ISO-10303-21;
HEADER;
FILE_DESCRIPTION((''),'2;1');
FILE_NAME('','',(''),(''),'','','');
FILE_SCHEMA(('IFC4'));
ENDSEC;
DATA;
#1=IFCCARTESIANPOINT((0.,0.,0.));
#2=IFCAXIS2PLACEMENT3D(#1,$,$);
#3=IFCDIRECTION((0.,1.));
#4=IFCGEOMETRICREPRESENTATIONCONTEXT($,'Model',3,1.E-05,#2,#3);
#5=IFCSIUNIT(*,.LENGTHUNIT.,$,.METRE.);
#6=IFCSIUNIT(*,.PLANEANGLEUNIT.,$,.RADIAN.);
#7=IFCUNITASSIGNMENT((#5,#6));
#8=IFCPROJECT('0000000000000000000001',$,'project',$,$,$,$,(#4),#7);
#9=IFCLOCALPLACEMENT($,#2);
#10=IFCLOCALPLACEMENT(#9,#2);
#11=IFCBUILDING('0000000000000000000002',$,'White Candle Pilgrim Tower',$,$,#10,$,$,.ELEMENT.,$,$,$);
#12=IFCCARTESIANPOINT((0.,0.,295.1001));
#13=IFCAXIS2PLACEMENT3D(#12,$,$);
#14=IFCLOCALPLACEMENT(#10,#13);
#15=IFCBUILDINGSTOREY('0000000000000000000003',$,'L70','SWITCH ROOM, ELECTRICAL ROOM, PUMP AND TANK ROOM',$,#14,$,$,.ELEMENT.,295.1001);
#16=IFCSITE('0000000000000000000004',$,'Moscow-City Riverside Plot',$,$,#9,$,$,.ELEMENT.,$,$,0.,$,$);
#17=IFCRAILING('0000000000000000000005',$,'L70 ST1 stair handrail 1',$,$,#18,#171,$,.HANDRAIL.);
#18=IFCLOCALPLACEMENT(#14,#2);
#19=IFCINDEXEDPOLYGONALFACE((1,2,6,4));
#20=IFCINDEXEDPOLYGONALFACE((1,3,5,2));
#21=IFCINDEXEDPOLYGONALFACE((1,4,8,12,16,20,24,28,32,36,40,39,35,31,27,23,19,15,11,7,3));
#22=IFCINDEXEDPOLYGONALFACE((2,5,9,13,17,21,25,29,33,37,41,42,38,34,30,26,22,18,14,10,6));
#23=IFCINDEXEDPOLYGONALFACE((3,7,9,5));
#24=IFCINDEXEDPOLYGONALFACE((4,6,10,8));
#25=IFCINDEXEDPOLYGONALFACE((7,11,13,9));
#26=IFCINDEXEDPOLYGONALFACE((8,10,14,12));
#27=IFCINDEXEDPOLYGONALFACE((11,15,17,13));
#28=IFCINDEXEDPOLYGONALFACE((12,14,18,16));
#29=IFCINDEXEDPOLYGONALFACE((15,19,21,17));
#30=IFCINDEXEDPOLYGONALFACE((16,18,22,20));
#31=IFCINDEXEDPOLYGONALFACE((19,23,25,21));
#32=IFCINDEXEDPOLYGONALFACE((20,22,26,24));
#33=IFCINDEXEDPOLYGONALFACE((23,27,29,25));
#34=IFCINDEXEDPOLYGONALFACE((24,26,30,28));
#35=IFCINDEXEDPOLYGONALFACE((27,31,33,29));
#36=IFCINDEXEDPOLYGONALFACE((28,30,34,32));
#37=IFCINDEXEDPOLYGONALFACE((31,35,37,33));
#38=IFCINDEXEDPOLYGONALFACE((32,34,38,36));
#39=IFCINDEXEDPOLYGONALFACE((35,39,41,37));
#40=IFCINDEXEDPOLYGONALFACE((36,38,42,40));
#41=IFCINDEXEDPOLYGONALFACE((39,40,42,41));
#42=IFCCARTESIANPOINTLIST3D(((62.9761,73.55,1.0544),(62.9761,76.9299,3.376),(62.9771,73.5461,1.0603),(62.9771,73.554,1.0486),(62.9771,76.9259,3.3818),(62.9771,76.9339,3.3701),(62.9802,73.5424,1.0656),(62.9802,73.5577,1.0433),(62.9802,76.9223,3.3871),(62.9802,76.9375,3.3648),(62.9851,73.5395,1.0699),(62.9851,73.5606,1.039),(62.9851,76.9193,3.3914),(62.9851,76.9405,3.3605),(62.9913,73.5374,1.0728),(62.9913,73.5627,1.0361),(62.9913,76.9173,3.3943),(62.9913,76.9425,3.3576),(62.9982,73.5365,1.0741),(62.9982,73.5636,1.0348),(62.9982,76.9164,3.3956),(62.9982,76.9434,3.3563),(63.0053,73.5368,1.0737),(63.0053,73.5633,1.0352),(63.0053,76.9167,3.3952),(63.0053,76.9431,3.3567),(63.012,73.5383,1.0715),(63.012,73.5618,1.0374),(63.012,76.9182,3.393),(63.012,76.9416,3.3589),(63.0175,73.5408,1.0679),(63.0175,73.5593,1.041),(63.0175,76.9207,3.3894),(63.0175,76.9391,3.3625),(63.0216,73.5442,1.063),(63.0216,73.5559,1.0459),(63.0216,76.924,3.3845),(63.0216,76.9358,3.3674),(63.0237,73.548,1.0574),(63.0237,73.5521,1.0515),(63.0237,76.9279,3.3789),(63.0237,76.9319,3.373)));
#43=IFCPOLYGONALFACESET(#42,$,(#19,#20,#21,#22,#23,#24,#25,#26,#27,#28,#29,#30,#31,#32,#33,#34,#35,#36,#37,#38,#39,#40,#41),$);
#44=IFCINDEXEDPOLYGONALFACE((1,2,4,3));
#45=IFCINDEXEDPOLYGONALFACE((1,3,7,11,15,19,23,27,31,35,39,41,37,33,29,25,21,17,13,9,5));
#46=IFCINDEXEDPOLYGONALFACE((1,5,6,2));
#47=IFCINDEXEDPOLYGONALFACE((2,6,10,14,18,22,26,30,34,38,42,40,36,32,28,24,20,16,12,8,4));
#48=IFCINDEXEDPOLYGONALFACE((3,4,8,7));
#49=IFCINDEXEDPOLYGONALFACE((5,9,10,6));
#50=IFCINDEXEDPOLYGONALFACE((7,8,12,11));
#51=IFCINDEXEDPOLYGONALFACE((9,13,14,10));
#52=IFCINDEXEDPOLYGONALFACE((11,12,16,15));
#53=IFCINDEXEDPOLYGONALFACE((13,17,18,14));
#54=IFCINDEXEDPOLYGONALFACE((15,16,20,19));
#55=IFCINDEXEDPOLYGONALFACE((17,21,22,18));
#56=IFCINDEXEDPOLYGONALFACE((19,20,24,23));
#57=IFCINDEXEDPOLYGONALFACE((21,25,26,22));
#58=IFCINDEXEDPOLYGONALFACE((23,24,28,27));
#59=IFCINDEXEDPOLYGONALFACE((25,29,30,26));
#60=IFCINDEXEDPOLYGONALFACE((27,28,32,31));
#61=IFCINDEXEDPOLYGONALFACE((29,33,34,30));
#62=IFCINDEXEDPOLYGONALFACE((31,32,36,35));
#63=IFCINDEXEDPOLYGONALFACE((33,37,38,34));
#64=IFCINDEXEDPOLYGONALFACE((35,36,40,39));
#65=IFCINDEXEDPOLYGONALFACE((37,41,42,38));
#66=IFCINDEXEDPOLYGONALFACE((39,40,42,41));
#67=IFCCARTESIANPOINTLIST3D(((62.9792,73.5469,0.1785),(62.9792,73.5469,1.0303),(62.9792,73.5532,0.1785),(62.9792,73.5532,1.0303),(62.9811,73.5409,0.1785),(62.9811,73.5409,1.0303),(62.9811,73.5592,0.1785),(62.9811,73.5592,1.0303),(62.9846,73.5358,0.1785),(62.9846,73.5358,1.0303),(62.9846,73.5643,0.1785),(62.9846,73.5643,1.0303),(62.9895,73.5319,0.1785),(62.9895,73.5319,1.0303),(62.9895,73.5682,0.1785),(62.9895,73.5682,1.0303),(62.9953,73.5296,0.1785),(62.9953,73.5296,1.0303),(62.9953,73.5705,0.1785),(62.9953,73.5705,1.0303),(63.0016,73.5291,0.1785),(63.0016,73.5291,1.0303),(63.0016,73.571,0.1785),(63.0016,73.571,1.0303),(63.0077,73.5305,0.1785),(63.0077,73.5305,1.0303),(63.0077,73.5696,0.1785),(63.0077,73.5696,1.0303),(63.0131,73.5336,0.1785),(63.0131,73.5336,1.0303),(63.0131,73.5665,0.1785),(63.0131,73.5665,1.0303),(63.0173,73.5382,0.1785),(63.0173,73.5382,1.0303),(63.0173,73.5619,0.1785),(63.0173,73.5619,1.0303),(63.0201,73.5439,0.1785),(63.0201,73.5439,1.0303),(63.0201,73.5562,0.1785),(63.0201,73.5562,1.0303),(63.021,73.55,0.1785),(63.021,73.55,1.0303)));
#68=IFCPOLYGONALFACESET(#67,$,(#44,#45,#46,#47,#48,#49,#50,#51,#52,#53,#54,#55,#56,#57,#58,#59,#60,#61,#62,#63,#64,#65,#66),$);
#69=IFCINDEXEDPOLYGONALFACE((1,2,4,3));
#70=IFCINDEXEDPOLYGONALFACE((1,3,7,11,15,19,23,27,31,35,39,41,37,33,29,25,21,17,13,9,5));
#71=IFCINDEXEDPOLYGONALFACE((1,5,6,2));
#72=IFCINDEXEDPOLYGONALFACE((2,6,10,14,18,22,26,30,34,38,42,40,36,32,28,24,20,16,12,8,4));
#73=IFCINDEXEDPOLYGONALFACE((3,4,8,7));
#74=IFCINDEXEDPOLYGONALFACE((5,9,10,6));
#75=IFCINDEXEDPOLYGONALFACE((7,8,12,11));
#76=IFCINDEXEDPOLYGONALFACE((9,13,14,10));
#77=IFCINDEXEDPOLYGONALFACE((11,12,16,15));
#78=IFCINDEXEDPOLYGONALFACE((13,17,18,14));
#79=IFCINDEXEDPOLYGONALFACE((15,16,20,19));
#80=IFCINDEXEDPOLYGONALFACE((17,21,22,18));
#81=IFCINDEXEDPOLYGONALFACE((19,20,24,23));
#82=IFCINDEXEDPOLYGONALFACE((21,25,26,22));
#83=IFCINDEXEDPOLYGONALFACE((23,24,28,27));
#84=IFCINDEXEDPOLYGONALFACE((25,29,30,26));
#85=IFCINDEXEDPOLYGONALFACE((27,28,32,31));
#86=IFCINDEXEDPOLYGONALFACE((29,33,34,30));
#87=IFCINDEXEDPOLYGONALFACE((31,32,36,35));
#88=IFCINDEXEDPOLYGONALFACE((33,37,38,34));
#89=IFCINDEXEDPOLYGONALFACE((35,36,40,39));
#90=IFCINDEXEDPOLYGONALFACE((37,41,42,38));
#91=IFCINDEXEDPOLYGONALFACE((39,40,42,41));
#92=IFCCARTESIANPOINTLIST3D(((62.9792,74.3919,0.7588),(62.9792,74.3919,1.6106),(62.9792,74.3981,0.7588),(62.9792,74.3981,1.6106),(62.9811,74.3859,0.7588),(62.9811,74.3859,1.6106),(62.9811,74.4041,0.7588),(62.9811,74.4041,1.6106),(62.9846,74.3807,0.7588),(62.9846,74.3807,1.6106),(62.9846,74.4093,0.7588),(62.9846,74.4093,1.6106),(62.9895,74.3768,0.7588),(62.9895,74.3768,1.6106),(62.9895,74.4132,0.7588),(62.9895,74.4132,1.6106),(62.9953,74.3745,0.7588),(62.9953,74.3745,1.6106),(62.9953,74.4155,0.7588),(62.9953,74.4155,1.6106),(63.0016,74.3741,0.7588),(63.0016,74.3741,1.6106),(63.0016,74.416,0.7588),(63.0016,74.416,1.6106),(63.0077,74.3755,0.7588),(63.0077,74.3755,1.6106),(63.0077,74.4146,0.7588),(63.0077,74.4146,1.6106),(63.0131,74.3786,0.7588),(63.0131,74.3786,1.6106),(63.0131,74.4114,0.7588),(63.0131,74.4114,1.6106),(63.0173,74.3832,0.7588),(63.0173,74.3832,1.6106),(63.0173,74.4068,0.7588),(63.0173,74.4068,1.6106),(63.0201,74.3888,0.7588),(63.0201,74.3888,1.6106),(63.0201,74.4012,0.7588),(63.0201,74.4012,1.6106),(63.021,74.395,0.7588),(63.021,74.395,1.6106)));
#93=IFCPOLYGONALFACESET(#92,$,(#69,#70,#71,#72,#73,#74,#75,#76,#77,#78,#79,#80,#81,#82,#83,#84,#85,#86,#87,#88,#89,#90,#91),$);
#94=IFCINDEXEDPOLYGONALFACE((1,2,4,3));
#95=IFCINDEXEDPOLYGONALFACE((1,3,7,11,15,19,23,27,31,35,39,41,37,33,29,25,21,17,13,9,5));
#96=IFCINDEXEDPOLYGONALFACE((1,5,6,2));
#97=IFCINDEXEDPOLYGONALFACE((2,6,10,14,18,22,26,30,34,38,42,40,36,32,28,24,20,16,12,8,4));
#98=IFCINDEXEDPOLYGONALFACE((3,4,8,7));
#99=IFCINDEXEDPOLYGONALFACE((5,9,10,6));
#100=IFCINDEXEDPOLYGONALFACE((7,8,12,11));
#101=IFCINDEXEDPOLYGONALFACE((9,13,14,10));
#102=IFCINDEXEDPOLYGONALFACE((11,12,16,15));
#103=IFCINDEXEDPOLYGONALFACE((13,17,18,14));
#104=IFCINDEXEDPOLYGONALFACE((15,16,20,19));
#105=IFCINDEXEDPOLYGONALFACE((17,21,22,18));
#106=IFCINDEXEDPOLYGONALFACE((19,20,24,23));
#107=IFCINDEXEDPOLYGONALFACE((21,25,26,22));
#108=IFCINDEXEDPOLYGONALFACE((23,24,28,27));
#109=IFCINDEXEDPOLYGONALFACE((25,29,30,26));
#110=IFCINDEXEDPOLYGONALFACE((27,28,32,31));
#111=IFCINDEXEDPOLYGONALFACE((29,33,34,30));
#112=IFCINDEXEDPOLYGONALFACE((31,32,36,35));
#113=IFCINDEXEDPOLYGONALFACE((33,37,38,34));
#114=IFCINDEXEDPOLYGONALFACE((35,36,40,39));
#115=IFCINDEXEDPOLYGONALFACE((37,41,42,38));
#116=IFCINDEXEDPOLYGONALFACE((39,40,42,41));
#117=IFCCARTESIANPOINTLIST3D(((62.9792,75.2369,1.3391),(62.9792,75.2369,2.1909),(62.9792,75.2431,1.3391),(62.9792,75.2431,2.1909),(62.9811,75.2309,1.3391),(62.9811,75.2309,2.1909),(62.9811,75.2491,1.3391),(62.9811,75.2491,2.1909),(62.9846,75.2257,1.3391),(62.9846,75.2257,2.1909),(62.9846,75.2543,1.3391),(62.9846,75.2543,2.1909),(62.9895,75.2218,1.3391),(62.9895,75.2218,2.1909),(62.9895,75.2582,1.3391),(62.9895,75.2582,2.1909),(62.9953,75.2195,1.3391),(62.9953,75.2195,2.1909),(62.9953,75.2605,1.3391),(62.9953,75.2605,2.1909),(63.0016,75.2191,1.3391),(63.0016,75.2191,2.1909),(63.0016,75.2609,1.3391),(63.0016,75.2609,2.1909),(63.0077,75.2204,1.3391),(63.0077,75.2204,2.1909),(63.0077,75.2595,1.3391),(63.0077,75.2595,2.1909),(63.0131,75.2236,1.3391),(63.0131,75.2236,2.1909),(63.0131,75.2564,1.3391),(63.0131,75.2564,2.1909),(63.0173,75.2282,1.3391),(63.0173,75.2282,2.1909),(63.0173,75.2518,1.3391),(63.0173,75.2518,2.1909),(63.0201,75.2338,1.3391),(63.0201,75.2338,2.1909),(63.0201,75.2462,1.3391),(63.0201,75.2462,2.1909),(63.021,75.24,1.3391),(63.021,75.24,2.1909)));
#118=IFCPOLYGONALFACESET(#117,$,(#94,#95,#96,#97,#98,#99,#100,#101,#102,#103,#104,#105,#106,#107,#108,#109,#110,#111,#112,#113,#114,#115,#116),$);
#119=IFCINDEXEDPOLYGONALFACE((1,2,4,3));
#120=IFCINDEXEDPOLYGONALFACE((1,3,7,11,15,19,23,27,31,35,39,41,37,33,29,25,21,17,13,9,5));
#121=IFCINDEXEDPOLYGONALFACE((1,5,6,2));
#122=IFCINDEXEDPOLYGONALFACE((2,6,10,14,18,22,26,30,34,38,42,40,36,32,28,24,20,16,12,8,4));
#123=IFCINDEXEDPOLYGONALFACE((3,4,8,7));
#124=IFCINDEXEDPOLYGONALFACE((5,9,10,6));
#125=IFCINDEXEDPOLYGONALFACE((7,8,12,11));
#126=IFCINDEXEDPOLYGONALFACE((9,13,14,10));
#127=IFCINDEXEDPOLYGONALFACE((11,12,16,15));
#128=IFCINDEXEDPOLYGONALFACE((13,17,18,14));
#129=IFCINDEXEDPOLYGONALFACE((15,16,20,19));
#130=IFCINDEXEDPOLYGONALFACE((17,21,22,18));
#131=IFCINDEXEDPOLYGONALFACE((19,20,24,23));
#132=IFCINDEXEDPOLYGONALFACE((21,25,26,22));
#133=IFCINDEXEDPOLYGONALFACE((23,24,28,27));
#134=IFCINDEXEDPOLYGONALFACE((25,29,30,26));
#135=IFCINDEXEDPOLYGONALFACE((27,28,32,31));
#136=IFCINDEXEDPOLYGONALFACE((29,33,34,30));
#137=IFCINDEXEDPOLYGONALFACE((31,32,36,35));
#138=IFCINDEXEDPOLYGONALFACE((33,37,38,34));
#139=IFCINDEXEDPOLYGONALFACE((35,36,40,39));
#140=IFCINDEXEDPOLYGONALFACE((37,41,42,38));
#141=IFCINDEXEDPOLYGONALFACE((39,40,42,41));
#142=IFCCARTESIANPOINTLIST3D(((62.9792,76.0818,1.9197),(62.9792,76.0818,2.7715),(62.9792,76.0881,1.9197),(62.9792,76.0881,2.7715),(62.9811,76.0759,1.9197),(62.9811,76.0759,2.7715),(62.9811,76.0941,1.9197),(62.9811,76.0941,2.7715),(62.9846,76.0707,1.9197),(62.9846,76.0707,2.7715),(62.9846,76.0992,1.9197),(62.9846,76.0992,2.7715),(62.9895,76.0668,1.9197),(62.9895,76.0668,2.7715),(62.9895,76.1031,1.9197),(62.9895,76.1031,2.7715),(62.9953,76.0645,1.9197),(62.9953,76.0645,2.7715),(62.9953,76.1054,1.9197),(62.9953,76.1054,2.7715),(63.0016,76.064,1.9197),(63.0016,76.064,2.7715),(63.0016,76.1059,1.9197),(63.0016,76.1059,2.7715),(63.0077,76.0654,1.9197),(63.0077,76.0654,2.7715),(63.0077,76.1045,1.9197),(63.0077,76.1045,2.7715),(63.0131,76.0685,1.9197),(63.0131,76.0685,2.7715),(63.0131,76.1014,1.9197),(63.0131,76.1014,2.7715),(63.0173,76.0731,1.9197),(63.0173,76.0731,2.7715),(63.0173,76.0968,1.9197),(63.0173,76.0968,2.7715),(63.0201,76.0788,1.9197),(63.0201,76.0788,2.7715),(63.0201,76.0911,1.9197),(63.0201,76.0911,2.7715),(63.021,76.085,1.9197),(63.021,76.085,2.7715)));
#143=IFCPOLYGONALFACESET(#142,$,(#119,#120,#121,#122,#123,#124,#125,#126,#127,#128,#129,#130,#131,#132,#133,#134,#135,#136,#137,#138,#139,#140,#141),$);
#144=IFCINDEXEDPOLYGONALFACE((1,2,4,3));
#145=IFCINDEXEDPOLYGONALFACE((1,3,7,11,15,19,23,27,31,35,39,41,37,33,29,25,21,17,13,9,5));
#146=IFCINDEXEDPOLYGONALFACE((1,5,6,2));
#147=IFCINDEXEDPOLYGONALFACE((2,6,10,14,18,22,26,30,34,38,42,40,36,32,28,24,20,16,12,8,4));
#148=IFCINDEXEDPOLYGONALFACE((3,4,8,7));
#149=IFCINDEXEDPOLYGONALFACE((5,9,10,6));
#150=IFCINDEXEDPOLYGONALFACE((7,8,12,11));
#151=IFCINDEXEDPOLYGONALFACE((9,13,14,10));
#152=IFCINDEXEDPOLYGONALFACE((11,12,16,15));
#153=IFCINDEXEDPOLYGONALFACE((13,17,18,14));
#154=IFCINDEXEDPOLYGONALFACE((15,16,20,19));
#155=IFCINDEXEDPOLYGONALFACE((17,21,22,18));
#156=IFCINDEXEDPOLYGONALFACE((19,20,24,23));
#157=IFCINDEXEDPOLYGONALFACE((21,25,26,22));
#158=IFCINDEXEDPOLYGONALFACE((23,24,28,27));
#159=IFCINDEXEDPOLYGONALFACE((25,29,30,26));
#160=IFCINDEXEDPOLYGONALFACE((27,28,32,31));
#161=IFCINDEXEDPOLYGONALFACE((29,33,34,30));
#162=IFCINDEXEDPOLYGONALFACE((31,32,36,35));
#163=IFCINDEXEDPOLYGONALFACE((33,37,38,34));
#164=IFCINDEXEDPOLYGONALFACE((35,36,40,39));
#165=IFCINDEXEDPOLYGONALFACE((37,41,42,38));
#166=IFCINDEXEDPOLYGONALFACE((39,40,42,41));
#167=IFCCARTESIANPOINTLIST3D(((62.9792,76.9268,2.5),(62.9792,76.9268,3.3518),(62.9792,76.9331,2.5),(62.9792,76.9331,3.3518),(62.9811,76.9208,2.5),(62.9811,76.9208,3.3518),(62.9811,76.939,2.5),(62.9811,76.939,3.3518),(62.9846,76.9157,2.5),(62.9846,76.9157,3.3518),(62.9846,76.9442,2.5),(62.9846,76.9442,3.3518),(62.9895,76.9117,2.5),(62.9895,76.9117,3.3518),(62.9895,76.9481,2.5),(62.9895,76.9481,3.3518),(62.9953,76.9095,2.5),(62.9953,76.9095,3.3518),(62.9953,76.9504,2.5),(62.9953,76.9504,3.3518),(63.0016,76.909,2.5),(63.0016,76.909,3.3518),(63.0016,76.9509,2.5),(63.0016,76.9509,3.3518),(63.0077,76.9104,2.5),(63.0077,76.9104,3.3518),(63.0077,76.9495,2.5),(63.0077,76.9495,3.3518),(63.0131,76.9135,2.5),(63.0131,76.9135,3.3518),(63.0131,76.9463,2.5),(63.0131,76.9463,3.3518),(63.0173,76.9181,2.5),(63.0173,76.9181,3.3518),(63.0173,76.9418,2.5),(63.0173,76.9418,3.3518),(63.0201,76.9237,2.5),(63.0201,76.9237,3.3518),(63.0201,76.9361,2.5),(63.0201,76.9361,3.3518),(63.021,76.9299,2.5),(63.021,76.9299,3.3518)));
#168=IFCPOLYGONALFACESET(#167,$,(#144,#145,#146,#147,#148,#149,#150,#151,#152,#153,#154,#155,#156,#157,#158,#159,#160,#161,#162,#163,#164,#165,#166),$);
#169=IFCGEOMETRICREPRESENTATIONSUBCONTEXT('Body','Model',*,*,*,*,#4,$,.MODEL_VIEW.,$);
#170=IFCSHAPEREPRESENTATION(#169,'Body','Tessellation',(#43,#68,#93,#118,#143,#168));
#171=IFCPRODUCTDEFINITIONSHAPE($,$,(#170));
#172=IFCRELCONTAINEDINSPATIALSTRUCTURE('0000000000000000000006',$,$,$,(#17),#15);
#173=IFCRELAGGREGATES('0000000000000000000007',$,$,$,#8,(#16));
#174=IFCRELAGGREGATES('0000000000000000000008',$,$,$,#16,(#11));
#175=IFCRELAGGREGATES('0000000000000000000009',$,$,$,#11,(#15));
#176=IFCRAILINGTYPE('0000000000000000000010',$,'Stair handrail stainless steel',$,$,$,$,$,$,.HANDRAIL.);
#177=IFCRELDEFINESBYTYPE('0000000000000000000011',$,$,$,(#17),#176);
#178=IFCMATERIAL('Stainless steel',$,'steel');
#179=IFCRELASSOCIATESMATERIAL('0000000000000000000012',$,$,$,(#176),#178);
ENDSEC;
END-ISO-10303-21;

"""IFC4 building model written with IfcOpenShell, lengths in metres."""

from ifc_helpers import new_model, si_unit, direction, frame, origin, origin_2d, place, context, subcontext, project, spatial, circle, extrude, material, type_object, element, save


model = new_model("IFC4")

# Units and contexts
model_context = context("Model", 3, precision=1e-05, world=origin(), true_north=direction((0.0, 1.0)))
body_context = subcontext(model_context, "Body", "Model", "MODEL_VIEW")
ifc_project = project(units=[si_unit("LENGTHUNIT", "METRE"), si_unit("PLANEANGLEUNIT", "RADIAN")], contexts=[model_context])

# Site, building, storey
site_placement = place(None, origin())
site = spatial("IfcSite", under=ifc_project, at=site_placement, Name="Moscow-City Riverside Plot", CompositionType="ELEMENT", RefElevation=0.0)
building_placement = place(site_placement, origin())
building = spatial("IfcBuilding", under=site, at=building_placement, Name="White Candle Pilgrim Tower", CompositionType="ELEMENT")
storey_placement = place(building_placement, frame((0.0, 0.0, 295.1001)))
storey = spatial("IfcBuildingStorey", under=building, at=storey_placement, Name="L70", Description="SWITCH ROOM, ELECTRICAL ROOM, PUMP AND TANK ROOM", CompositionType="ELEMENT", Elevation=295.1001)

# Railing
ifc_material_1 = material(Name="Stainless steel", Category="steel")
railing_type_1 = type_object("IfcRailingType", Name="Stair handrail stainless steel", PredefinedType="HANDRAIL", material=ifc_material_1)
railing_1_placement = place(storey_placement, frame((63.0, 73.55, 0.1785)))
element("IfcRailing", 1, at=railing_1_placement, inside=storey, type_object=railing_type_1, Name="L70 ST1 stair handrail 1", PredefinedType="HANDRAIL", context=body_context, shape_type="SweptSolid", body=[
    extrude(circle(Radius=0.0239, at=origin_2d()), frame((0.0, 0.0, 0.876), z_axis=(0.0, 0.824285, 0.566175), x_axis=(-1.0, 0.0, 0.0)), (0.0, 0.0, 1.0), 4.1003),
    extrude(circle(Radius=0.021, at=origin_2d()), origin(), (0.0, 0.0, 1.0), 0.8518),
    extrude(circle(Radius=0.021, at=origin_2d()), frame((0.0, 0.845, 0.5803)), (0.0, 0.0, 1.0), 0.8518),
    extrude(circle(Radius=0.021, at=origin_2d()), frame((0.0, 1.6899, 1.1606)), (0.0, 0.0, 1.0), 0.8518),
    extrude(circle(Radius=0.021, at=origin_2d()), frame((0.0, 2.5349, 1.7412)), (0.0, 0.0, 1.0), 0.8518),
    extrude(circle(Radius=0.021, at=origin_2d()), frame((0.0, 3.3799, 2.3215)), (0.0, 0.0, 1.0), 0.8518),
])

save(model, "model.ifc")
